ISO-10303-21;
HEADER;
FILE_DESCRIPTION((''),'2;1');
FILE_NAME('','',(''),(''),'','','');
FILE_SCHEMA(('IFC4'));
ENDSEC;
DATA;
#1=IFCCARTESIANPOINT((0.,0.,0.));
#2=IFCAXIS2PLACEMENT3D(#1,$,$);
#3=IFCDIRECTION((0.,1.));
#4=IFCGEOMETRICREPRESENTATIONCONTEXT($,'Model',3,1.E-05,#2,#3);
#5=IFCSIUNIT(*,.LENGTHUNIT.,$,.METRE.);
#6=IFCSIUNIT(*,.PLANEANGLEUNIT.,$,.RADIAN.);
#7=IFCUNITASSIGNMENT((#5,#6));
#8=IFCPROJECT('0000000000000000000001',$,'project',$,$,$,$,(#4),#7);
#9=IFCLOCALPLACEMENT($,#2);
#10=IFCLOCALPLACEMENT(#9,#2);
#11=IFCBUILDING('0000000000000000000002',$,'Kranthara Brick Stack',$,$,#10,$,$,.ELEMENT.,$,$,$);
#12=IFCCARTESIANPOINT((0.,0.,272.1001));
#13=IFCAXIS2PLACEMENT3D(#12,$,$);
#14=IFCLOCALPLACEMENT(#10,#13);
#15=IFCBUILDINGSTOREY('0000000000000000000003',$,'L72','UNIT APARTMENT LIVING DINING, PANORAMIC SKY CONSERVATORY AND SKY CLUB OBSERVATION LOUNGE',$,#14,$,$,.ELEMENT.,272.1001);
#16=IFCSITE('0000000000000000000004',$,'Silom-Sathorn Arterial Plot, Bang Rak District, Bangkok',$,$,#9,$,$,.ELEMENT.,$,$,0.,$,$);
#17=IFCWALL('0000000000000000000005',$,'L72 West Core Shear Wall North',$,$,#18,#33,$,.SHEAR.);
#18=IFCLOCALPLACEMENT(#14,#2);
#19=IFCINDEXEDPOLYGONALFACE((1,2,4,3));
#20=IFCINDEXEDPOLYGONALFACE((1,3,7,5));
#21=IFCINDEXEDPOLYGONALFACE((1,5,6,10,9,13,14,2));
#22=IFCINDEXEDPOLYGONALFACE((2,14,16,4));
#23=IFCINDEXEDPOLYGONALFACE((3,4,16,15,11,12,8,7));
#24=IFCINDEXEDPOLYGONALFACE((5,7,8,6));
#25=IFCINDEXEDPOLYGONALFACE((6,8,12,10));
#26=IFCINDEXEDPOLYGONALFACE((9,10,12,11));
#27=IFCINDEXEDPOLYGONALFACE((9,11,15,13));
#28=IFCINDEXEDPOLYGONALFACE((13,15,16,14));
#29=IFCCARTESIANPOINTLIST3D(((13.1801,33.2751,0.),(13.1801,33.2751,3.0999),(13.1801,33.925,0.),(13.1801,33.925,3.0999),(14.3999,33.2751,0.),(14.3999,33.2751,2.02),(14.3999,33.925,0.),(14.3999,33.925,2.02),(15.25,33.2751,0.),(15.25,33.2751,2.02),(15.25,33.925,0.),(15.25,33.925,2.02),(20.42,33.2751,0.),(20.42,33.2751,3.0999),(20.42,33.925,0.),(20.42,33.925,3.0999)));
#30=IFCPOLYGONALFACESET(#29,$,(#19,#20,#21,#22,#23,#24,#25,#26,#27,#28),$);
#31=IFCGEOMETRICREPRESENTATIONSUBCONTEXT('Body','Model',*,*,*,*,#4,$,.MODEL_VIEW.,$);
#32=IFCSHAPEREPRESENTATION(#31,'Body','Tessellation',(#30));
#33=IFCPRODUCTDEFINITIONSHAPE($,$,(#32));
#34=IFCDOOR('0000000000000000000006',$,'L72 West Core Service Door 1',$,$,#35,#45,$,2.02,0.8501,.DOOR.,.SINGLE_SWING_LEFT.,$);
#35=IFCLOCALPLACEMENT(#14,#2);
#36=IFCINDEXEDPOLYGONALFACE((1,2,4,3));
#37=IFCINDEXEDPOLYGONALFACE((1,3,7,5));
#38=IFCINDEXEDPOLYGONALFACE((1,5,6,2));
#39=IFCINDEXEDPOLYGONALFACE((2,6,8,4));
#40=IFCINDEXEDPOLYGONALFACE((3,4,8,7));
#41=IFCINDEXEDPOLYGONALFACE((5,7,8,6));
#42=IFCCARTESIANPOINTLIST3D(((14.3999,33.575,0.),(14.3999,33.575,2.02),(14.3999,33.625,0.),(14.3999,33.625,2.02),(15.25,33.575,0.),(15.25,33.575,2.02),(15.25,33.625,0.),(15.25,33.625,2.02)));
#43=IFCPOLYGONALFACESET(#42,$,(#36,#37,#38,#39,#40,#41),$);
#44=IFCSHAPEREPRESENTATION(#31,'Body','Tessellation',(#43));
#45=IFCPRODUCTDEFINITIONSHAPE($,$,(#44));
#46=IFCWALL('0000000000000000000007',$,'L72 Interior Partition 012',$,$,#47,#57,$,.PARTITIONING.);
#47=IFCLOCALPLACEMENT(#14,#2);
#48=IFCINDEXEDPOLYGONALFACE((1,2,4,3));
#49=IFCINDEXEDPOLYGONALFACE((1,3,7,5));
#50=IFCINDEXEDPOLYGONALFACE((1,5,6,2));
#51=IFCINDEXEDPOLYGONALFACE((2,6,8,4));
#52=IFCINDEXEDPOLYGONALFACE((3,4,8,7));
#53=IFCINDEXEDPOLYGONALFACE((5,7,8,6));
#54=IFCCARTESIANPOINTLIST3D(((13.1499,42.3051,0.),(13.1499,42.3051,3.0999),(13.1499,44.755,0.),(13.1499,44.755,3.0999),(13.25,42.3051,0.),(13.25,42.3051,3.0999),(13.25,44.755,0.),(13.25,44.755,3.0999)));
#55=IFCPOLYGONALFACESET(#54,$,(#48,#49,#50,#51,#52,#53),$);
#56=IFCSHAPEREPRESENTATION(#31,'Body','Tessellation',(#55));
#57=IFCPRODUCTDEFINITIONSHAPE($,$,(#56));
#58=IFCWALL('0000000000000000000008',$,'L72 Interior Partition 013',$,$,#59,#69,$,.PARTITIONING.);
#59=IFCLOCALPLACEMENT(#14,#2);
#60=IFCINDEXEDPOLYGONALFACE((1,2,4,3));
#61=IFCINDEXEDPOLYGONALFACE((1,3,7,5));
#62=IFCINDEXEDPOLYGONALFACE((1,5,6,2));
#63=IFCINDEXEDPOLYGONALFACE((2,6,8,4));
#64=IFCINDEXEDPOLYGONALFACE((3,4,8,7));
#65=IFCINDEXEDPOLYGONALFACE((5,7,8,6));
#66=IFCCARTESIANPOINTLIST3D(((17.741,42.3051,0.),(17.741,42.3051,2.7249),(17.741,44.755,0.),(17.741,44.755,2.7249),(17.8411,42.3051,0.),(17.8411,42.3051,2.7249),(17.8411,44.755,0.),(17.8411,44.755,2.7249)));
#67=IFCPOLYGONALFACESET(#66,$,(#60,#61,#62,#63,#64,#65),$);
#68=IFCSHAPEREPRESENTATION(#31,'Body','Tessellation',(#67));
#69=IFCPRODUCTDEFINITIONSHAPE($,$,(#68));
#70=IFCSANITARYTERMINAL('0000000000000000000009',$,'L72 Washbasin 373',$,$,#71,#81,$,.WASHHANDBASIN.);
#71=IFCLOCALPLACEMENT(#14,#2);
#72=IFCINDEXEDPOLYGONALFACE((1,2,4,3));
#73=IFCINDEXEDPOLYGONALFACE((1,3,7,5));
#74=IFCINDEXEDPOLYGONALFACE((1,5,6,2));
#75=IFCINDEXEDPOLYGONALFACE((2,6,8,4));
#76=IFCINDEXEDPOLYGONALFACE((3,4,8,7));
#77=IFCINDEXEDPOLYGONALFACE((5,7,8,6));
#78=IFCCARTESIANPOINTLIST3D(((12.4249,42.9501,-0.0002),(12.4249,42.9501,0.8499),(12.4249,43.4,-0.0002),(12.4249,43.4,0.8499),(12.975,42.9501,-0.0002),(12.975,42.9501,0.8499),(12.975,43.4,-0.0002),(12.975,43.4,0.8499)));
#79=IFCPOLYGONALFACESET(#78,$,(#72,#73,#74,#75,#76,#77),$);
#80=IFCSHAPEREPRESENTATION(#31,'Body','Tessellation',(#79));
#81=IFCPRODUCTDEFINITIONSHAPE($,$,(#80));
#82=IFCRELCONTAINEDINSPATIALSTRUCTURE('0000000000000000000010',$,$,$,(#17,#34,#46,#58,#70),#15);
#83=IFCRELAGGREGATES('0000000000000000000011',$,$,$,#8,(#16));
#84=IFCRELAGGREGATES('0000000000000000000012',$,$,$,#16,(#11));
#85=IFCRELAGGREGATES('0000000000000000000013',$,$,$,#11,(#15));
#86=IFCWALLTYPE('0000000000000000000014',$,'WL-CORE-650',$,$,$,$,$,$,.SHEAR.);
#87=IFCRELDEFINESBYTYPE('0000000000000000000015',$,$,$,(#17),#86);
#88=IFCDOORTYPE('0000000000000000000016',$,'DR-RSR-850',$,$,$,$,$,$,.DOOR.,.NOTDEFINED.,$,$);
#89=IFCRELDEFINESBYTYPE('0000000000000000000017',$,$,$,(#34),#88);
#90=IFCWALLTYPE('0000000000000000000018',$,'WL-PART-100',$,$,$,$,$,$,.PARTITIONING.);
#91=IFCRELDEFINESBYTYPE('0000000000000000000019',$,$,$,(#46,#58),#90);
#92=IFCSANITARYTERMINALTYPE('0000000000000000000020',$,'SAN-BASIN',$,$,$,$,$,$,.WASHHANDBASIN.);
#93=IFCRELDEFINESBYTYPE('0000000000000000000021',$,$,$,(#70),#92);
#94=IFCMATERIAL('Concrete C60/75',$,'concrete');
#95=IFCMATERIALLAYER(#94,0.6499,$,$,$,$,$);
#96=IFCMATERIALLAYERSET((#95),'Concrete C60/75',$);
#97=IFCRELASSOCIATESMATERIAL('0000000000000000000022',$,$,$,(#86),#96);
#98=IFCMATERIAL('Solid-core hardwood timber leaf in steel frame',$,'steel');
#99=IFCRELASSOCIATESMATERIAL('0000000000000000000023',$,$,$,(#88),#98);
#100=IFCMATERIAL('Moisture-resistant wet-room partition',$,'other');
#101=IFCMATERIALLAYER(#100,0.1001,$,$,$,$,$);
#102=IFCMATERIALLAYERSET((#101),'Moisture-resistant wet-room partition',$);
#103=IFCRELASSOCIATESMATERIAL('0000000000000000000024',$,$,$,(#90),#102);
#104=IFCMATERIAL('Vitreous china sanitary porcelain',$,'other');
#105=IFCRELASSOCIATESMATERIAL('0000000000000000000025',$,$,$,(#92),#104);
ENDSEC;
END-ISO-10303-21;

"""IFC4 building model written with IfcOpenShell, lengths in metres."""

from ifc_helpers import new_model, si_unit, direction, frame, frame_2d, origin, origin_2d, place, context, subcontext, project, spatial, rectangle, extrude, material, layer, layer_set, type_object, element, fill, save


model = new_model("IFC4")

# Units and contexts
model_context = context("Model", 3, precision=1e-05, world=origin(), true_north=direction((0.0, 1.0)))
body_context = subcontext(model_context, "Body", "Model", "MODEL_VIEW")
ifc_project = project(units=[si_unit("LENGTHUNIT", "METRE"), si_unit("PLANEANGLEUNIT", "RADIAN")], contexts=[model_context])

# Site, building, storey
site_placement = place(None, origin())
site = spatial("IfcSite", under=ifc_project, at=site_placement, Name="Silom-Sathorn Arterial Plot, Bang Rak District, Bangkok", CompositionType="ELEMENT", RefElevation=0.0)
building_placement = place(site_placement, origin())
building = spatial("IfcBuilding", under=site, at=building_placement, Name="Kranthara Brick Stack", CompositionType="ELEMENT")
storey_placement = place(building_placement, frame((0.0, 0.0, 272.1001)))
storey = spatial("IfcBuildingStorey", under=building, at=storey_placement, Name="L72", Description="UNIT APARTMENT LIVING DINING, PANORAMIC SKY CONSERVATORY AND SKY CLUB OBSERVATION LOUNGE", CompositionType="ELEMENT", Elevation=272.1001)

# Wall, opening, door
ifc_material_1 = material(Name="Concrete C60/75", Category="concrete")
ifc_layer_1 = layer(ifc_material_1, 0.6499)
ifc_layer_set_1 = layer_set([ifc_layer_1], Name="Concrete C60/75")
wall_type_1 = type_object("IfcWallType", Name="WL-CORE-650", PredefinedType="SHEAR", material=ifc_layer_set_1)
wall_1_placement = place(storey_placement, frame((13.1799, 33.6001, 0.0), z_axis=(0.0, 0.0, 1.0), x_axis=(1.0, 0.0, 0.0)))
wall_1 = element("IfcWall", 1, at=wall_1_placement, inside=storey, type_object=wall_type_1, Name="L72 West Core Shear Wall North", PredefinedType="SHEAR", context=body_context, shape_type="SweptSolid", body=[
    extrude(rectangle(XDim=7.24, YDim=0.6499, at=frame_2d((3.6201, 0.0))), origin(), (0.0, 0.0, 1.0), 3.0999),
])
opening_placement = place(wall_1_placement, frame((1.22, 0.0, 0.0)))
opening = element("IfcOpeningElement", 2, at=opening_placement, cuts=wall_1, PredefinedType="OPENING", context=body_context, shape_type="SweptSolid", body=[
    extrude(rectangle(XDim=0.8501, YDim=2.02, at=frame_2d((0.425, 1.01))), frame((0.0, 0.335, 0.0), z_axis=(0.0, -1.0, 0.0), x_axis=(1.0, 0.0, 0.0)), (0.0, 0.0, 1.0), 0.6699),
])
ifc_material_2 = material(Name="Solid-core hardwood timber leaf in steel frame", Category="steel")
door_type = type_object("IfcDoorType", Name="DR-RSR-850", OperationType="NOTDEFINED", PredefinedType="DOOR", material=ifc_material_2)
door_placement = place(opening_placement, origin())
door = element("IfcDoor", 3, at=door_placement, inside=storey, type_object=door_type, Name="L72 West Core Service Door 1", OperationType="SINGLE_SWING_LEFT", OverallHeight=2.02, OverallWidth=0.8501, PredefinedType="DOOR", context=body_context, shape_type="SweptSolid", body=[
    extrude(rectangle(XDim=0.8501, YDim=2.02, at=frame_2d((0.425, 1.01))), frame((0.0, 0.0249, 0.0), z_axis=(0.0, -1.0, 0.0), x_axis=(1.0, 0.0, 0.0)), (0.0, 0.0, 1.0), 0.05),
])
fill(opening, door)

# Walls
ifc_material_3 = material(Name="Moisture-resistant wet-room partition", Category="other")
ifc_layer_2 = layer(ifc_material_3, 0.1001)
ifc_layer_set_2 = layer_set([ifc_layer_2], Name="Moisture-resistant wet-room partition")
wall_type_2 = type_object("IfcWallType", Name="WL-PART-100", PredefinedType="PARTITIONING", material=ifc_layer_set_2)
wall_2_placement = place(storey_placement, frame((13.2, 42.3049, 0.0), z_axis=(0.0, 0.0, 1.0), x_axis=(0.0, 1.0, 0.0)))
element("IfcWall", 4, at=wall_2_placement, inside=storey, type_object=wall_type_2, Name="L72 Interior Partition 012", PredefinedType="PARTITIONING", context=body_context, shape_type="SweptSolid", body=[
    extrude(rectangle(XDim=2.45, YDim=0.1001, at=frame_2d((1.2251, 0.0))), origin(), (0.0, 0.0, 1.0), 3.0999),
])
wall_3_placement = place(storey_placement, frame((17.791, 42.3049, 0.0), z_axis=(0.0, 0.0, 1.0), x_axis=(0.0, 1.0, 0.0)))
element("IfcWall", 5, at=wall_3_placement, inside=storey, type_object=wall_type_2, Name="L72 Interior Partition 013", PredefinedType="PARTITIONING", context=body_context, shape_type="SweptSolid", body=[
    extrude(rectangle(XDim=2.45, YDim=0.1001, at=frame_2d((1.2251, 0.0))), origin(), (0.0, 0.0, 1.0), 2.7249),
])

# Sanitary terminal
ifc_material_4 = material(Name="Vitreous china sanitary porcelain", Category="other")
sanitary_terminal_type = type_object("IfcSanitaryTerminalType", Name="SAN-BASIN", PredefinedType="WASHHANDBASIN", material=ifc_material_4)
sanitary_terminal_placement = place(storey_placement, frame((12.7, 43.175, -0.0002), z_axis=(0.0, 0.0, 1.0), x_axis=(1.0, 0.0, 0.0)))
element("IfcSanitaryTerminal", 6, at=sanitary_terminal_placement, inside=storey, type_object=sanitary_terminal_type, Name="L72 Washbasin 373", PredefinedType="WASHHANDBASIN", context=body_context, shape_type="SweptSolid", body=[
    extrude(rectangle(XDim=0.55, YDim=0.45, at=origin_2d()), origin(), (0.0, 0.0, 1.0), 0.8501),
])

save(model, "model.ifc")
